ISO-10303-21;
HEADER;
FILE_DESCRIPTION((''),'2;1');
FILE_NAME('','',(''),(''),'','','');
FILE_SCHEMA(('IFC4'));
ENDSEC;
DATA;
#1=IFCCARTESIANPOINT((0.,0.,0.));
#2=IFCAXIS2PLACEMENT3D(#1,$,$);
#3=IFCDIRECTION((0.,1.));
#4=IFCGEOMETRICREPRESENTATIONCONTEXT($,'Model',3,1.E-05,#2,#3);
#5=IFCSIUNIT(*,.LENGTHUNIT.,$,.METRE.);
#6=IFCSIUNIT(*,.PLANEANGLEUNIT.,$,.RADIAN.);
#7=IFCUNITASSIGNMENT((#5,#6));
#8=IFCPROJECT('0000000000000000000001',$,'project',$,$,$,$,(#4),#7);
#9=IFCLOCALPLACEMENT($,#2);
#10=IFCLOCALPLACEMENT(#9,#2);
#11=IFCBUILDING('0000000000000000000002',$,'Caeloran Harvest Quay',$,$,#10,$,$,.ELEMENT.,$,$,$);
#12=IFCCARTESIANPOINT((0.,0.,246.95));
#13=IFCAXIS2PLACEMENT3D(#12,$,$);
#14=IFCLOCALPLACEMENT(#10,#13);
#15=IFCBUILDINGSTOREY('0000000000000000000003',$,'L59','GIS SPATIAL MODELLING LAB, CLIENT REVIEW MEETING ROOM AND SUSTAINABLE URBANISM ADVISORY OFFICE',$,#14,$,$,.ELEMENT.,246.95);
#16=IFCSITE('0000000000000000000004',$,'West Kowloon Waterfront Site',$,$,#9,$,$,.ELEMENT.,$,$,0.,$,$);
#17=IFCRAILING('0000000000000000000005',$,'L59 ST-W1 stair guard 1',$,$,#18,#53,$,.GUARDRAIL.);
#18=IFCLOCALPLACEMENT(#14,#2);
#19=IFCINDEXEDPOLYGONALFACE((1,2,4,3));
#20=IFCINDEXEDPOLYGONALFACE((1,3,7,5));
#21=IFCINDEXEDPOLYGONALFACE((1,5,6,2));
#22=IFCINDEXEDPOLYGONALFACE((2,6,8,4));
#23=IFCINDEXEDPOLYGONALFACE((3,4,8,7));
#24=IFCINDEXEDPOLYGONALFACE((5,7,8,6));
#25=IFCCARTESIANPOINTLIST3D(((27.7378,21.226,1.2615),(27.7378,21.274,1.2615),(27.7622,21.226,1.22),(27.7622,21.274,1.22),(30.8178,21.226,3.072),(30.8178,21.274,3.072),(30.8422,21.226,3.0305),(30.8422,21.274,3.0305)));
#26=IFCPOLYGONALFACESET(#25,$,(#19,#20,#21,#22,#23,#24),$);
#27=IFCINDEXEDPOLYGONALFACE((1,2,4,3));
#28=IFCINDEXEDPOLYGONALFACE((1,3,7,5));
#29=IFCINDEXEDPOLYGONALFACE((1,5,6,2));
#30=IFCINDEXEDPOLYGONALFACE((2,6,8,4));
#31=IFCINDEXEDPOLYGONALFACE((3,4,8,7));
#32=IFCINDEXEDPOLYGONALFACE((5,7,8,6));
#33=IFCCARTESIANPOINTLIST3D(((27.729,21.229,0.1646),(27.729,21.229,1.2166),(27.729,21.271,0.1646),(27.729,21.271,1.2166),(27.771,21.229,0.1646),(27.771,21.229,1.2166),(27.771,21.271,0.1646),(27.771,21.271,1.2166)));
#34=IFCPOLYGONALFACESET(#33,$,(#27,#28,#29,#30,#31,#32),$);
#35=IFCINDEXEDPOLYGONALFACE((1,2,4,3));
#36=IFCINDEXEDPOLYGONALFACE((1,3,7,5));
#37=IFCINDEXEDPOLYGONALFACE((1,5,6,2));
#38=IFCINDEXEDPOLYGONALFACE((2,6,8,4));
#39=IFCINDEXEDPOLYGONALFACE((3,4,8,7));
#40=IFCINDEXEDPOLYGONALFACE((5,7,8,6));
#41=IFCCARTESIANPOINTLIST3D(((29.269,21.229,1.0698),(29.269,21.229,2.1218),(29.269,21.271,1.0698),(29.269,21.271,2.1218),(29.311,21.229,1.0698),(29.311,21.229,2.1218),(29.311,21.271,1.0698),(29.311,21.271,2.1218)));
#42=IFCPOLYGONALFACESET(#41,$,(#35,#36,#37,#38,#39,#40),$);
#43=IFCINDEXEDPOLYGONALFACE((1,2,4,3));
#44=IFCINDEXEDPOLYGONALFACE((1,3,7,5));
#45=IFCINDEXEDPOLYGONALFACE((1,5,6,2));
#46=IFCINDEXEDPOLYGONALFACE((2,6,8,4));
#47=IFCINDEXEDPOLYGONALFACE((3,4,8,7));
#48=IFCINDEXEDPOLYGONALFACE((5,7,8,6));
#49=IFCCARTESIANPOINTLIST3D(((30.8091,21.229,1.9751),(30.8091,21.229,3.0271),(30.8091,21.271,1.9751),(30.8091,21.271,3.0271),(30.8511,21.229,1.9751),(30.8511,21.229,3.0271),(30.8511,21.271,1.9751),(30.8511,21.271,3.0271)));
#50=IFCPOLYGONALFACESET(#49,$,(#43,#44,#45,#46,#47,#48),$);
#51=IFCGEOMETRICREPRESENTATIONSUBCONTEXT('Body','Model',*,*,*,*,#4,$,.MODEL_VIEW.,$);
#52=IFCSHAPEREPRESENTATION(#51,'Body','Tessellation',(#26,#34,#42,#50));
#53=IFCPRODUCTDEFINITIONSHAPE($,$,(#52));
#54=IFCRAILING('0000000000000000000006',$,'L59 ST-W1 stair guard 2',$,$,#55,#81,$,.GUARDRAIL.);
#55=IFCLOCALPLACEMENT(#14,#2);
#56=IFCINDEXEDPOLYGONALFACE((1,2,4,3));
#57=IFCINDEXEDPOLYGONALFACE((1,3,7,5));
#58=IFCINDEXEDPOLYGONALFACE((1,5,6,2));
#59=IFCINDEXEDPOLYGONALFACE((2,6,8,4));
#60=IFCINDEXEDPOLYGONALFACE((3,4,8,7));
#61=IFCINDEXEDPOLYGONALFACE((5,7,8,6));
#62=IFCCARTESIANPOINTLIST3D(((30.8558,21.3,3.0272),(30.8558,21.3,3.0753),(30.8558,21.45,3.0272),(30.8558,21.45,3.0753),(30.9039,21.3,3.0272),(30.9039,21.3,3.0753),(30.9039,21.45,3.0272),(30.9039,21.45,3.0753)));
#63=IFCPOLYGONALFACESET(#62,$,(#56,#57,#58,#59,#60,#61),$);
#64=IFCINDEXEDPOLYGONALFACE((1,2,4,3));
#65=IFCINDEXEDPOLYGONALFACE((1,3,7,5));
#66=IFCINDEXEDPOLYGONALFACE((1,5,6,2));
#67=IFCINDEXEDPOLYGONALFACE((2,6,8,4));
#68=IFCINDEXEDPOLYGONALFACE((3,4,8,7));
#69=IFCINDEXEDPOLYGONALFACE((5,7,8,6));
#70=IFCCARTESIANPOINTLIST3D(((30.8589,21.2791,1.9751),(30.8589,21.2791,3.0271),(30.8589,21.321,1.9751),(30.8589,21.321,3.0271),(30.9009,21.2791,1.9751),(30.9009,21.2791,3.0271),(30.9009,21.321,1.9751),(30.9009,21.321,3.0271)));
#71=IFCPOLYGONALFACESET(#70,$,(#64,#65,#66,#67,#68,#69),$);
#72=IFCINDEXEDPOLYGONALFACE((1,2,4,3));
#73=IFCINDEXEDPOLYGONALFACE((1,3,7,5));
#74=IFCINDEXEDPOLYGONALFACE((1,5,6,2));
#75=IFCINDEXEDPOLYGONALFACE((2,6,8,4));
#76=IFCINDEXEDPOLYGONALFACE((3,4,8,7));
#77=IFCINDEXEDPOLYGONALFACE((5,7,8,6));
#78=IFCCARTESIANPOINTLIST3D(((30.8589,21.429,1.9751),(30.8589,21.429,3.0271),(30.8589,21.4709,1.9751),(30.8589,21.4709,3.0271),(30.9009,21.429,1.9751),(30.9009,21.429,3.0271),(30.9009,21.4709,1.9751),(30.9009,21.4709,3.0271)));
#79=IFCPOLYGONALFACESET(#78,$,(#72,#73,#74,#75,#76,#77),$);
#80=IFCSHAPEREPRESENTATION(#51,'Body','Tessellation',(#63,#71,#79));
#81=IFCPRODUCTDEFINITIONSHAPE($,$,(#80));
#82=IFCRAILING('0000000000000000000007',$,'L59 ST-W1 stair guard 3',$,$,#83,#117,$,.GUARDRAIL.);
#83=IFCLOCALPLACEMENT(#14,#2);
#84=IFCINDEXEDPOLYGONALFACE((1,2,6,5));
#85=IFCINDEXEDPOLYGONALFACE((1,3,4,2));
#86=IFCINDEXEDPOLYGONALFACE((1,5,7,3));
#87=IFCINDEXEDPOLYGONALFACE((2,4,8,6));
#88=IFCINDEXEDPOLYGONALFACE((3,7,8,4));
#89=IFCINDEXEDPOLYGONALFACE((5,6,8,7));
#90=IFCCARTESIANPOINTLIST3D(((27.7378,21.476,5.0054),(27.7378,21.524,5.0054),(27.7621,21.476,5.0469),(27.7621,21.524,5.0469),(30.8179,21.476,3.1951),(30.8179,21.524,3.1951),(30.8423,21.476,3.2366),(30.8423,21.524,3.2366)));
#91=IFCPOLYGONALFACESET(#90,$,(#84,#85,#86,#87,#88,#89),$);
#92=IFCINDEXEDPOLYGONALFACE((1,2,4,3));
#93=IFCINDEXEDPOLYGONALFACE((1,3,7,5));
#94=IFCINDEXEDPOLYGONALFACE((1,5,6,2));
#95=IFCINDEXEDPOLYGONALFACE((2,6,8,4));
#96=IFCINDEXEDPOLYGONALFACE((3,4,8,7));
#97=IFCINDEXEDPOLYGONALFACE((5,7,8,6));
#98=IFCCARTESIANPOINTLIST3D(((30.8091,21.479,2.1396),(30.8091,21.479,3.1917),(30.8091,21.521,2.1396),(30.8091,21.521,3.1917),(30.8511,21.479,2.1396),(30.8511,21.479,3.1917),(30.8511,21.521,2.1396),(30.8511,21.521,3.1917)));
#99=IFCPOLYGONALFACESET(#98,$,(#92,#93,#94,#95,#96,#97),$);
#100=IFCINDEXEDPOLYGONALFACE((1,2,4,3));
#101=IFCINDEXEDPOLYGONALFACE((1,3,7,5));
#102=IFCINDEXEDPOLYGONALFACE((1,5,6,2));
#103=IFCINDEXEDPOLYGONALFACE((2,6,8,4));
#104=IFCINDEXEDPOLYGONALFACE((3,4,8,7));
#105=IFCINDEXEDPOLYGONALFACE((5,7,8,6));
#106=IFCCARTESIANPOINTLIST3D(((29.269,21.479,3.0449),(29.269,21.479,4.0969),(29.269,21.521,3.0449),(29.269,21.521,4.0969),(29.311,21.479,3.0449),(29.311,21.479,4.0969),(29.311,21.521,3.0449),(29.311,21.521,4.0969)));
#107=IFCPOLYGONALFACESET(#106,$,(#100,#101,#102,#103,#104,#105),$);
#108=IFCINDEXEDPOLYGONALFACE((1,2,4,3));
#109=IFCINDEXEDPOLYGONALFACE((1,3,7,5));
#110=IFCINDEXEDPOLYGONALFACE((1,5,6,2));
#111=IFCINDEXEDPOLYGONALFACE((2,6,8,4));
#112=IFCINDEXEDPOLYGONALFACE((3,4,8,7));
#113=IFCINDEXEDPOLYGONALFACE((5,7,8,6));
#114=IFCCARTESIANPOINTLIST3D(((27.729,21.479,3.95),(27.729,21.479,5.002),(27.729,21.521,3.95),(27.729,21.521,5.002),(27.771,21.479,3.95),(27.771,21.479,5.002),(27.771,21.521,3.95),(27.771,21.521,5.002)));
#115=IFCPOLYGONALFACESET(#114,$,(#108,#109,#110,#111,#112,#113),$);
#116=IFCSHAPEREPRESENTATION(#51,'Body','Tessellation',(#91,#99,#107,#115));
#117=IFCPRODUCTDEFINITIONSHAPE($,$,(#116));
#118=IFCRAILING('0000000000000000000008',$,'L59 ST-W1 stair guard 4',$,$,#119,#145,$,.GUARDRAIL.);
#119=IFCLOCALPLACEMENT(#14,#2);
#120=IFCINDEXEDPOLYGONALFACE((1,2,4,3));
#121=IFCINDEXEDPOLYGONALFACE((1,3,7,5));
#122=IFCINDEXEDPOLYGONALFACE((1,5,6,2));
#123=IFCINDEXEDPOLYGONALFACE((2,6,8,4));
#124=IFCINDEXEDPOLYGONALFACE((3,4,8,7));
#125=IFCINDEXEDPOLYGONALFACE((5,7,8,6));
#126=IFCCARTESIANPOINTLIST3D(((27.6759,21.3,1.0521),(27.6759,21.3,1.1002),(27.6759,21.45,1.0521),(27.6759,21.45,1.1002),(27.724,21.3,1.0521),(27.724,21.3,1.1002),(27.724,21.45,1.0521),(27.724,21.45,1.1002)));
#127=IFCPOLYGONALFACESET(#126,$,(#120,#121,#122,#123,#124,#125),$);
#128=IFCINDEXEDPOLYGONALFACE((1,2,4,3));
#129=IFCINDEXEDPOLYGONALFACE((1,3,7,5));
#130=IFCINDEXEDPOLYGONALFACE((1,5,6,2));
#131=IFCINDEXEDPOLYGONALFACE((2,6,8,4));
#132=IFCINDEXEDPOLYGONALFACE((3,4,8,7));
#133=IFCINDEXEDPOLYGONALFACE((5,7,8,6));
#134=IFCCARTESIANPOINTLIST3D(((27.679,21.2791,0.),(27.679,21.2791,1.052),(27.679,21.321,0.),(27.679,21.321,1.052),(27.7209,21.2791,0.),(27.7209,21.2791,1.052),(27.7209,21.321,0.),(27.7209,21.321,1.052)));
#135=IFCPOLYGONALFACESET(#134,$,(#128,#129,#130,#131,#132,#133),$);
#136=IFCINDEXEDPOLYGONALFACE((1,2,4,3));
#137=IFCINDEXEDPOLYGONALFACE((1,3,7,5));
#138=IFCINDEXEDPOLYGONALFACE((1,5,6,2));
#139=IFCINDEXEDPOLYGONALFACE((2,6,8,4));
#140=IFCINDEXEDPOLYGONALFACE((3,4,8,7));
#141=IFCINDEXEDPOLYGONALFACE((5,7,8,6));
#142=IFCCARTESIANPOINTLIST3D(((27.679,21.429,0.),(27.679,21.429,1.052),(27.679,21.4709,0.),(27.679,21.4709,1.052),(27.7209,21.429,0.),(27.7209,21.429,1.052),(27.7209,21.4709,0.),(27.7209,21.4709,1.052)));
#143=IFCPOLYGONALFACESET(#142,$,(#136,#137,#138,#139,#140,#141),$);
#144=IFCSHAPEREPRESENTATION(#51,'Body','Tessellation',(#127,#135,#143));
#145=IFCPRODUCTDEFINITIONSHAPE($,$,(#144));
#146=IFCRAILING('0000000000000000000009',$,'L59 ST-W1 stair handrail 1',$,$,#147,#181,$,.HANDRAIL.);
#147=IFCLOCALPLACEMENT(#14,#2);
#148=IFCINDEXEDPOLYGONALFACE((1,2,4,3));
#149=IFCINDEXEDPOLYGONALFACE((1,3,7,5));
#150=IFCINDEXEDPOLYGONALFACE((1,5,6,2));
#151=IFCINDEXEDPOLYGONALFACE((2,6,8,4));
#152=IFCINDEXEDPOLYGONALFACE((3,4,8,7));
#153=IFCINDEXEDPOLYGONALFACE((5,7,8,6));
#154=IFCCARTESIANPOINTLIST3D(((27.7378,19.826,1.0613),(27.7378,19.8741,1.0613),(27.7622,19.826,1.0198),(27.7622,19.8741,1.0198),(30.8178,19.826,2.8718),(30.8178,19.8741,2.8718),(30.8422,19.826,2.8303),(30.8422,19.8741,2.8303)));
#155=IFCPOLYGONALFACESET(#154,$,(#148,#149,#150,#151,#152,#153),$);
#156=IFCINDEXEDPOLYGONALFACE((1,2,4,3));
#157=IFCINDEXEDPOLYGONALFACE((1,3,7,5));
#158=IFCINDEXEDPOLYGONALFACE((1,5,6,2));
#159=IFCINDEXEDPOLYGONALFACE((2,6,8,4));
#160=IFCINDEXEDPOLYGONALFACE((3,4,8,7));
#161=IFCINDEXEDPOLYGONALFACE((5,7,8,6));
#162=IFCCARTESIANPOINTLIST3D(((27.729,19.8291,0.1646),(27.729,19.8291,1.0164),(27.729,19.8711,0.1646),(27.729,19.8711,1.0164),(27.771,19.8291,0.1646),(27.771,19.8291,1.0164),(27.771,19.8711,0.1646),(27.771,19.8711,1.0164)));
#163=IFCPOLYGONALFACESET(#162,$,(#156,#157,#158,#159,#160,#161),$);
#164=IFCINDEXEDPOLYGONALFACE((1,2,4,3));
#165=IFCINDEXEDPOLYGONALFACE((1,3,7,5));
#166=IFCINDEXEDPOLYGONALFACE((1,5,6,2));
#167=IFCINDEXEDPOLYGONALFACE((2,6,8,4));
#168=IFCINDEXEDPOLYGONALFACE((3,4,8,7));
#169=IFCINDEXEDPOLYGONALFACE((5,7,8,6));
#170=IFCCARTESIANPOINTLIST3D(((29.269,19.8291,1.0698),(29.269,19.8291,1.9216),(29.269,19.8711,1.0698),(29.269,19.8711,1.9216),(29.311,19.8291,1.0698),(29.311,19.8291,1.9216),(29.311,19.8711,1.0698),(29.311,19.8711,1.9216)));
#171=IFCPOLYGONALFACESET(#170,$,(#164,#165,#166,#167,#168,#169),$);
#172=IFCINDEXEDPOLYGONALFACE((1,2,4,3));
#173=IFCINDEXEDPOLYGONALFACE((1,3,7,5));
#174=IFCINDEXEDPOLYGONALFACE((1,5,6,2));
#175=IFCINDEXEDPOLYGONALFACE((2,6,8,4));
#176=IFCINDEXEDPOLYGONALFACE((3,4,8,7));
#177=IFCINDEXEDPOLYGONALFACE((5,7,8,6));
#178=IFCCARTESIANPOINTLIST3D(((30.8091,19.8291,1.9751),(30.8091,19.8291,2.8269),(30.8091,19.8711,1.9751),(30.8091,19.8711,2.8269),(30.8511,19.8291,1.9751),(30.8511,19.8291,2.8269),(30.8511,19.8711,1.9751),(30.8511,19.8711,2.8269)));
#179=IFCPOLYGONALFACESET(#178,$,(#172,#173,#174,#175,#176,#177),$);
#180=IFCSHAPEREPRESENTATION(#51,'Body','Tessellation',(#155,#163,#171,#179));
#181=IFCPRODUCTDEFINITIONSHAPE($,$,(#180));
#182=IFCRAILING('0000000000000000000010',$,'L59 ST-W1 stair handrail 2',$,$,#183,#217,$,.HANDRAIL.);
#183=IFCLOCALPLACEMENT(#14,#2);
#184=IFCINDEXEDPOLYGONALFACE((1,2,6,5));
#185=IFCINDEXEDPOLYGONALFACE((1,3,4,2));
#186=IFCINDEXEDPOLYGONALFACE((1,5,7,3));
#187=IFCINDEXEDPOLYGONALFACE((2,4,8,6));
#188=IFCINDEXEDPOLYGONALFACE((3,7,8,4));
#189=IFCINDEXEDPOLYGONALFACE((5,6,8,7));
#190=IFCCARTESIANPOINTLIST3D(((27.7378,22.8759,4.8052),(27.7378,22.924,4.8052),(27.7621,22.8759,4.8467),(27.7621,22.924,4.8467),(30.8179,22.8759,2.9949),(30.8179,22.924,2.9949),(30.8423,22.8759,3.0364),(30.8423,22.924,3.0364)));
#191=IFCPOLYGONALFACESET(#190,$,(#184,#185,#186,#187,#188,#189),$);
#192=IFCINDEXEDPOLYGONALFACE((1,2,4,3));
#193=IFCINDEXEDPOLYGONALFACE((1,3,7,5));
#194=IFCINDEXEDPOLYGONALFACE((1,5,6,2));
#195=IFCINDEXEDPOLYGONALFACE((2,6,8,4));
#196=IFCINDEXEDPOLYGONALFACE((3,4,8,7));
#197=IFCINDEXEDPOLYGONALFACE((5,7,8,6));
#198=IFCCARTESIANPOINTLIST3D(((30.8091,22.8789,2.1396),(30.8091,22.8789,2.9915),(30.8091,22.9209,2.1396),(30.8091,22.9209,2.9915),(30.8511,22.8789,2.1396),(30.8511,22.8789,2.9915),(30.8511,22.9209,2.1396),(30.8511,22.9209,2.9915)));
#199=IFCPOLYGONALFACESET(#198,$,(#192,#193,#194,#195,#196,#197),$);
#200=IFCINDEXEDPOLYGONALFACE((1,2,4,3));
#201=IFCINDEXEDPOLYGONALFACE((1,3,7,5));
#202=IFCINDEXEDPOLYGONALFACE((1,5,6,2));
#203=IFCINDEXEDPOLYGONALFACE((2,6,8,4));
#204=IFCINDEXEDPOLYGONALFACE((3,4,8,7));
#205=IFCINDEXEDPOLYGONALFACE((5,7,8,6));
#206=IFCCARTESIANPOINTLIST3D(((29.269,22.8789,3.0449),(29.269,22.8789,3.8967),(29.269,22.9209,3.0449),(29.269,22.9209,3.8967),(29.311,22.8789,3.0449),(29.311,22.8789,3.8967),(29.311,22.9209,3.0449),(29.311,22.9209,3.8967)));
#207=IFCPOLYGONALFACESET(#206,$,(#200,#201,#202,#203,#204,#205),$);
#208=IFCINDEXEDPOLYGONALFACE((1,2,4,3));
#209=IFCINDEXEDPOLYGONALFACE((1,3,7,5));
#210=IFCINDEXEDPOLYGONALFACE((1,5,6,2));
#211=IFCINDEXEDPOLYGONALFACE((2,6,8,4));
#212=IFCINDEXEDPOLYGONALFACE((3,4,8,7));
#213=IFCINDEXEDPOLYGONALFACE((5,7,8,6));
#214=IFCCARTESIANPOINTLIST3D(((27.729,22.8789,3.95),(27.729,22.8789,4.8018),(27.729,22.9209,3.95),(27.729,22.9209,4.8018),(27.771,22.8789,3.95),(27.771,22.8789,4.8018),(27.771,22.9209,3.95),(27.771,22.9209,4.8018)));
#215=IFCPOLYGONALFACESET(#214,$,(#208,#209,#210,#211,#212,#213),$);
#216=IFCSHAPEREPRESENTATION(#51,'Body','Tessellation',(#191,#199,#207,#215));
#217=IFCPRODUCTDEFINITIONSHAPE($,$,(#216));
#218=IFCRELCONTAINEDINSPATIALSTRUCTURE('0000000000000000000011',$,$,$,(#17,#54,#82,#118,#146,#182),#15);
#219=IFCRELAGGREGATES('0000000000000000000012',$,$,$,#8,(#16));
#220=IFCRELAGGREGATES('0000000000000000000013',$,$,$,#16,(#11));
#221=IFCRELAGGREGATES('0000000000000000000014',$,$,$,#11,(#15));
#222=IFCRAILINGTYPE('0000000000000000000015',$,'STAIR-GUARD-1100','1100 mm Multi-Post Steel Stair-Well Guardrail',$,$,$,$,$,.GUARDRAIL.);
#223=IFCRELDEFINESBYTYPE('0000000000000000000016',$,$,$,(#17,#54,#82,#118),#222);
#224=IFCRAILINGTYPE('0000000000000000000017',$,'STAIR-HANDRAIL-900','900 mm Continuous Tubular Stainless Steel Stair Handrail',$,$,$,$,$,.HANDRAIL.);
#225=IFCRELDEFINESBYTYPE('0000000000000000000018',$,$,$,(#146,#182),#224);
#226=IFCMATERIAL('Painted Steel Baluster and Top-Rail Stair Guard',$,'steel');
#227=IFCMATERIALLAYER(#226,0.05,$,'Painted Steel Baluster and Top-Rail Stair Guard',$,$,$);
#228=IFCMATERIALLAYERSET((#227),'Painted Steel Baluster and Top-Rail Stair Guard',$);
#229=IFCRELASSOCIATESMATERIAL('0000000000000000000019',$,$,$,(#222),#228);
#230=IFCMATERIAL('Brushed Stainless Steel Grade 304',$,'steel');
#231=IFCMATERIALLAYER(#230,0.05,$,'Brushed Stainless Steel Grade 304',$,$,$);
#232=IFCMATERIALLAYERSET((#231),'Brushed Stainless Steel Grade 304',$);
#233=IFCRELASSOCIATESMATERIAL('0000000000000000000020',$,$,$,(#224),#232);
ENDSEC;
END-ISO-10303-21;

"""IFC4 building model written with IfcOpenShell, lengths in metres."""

from ifc_helpers import new_model, si_unit, direction, frame, origin, origin_2d, place, context, subcontext, project, spatial, rectangle, extrude, material, layer, layer_set, type_object, element, save


model = new_model("IFC4")

# Units and contexts
model_context = context("Model", 3, precision=1e-05, world=origin(), true_north=direction((0.0, 1.0)))
body_context = subcontext(model_context, "Body", "Model", "MODEL_VIEW")
ifc_project = project(units=[si_unit("LENGTHUNIT", "METRE"), si_unit("PLANEANGLEUNIT", "RADIAN")], contexts=[model_context])

# Site, building, storey
site_placement = place(None, origin())
site = spatial("IfcSite", under=ifc_project, at=site_placement, Name="West Kowloon Waterfront Site", CompositionType="ELEMENT", RefElevation=0.0)
building_placement = place(site_placement, origin())
building = spatial("IfcBuilding", under=site, at=building_placement, Name="Caeloran Harvest Quay", CompositionType="ELEMENT")
storey_placement = place(building_placement, frame((0.0, 0.0, 246.95)))
storey = spatial("IfcBuildingStorey", under=building, at=storey_placement, Name="L59", Description="GIS SPATIAL MODELLING LAB, CLIENT REVIEW MEETING ROOM AND SUSTAINABLE URBANISM ADVISORY OFFICE", CompositionType="ELEMENT", Elevation=246.95)

# Railings
ifc_material_1 = material(Name="Painted Steel Baluster and Top-Rail Stair Guard", Category="steel")
ifc_layer_1 = layer(ifc_material_1, 0.05, Name="Painted Steel Baluster and Top-Rail Stair Guard")
ifc_layer_set_1 = layer_set([ifc_layer_1], Name="Painted Steel Baluster and Top-Rail Stair Guard")
railing_type_1 = type_object("IfcRailingType", Name="STAIR-GUARD-1100", Description="1100 mm Multi-Post Steel Stair-Well Guardrail", PredefinedType="GUARDRAIL", material=ifc_layer_set_1)
railing_1_placement = place(storey_placement, frame((27.75, 21.25, 0.1646)))
element("IfcRailing", 1, at=railing_1_placement, inside=storey, type_object=railing_type_1, Name="L59 ST-W1 stair guard 1", PredefinedType="GUARDRAIL", context=body_context, shape_type="SweptSolid", body=[
    extrude(rectangle(XDim=0.0481, YDim=0.0481, at=origin_2d()), frame((0.0, 0.0, 1.0762), z_axis=(0.862089, 0.0, 0.506757), x_axis=(0.0, 1.0, 0.0)), (0.0, 0.0, 1.0), 3.5728),
    extrude(rectangle(XDim=0.042, YDim=0.042, at=origin_2d()), origin(), (0.0, 0.0, 1.0), 1.052),
    extrude(rectangle(XDim=0.042, YDim=0.042, at=origin_2d()), frame((1.54, 0.0, 0.9053)), (0.0, 0.0, 1.0), 1.052),
    extrude(rectangle(XDim=0.042, YDim=0.042, at=origin_2d()), frame((3.0801, 0.0, 1.8105)), (0.0, 0.0, 1.0), 1.052),
])
railing_2_placement = place(storey_placement, frame((30.8799, 21.3, 1.9751)))
element("IfcRailing", 2, at=railing_2_placement, inside=storey, type_object=railing_type_1, Name="L59 ST-W1 stair guard 2", PredefinedType="GUARDRAIL", context=body_context, shape_type="SweptSolid", body=[
    extrude(rectangle(XDim=0.0481, YDim=0.0481, at=origin_2d()), frame((0.0, 0.0, 1.0762), z_axis=(0.0, 1.0, 0.0), x_axis=(-1.0, 0.0, 0.0)), (0.0, 0.0, 1.0), 0.1499),
    extrude(rectangle(XDim=0.042, YDim=0.042, at=origin_2d()), origin(), (0.0, 0.0, 1.0), 1.052),
    extrude(rectangle(XDim=0.042, YDim=0.042, at=origin_2d()), frame((0.0, 0.1499, 0.0)), (0.0, 0.0, 1.0), 1.052),
])
railing_3_placement = place(storey_placement, frame((30.8301, 21.5, 2.1396)))
element("IfcRailing", 3, at=railing_3_placement, inside=storey, type_object=railing_type_1, Name="L59 ST-W1 stair guard 3", PredefinedType="GUARDRAIL", context=body_context, shape_type="SweptSolid", body=[
    extrude(rectangle(XDim=0.0481, YDim=0.0481, at=origin_2d()), frame((0.0, 0.0, 1.0762), z_axis=(-0.862119, 0.0, 0.506707), x_axis=(0.0, -1.0, 0.0)), (0.0, 0.0, 1.0), 3.5728),
    extrude(rectangle(XDim=0.042, YDim=0.042, at=origin_2d()), origin(), (0.0, 0.0, 1.0), 1.052),
    extrude(rectangle(XDim=0.042, YDim=0.042, at=origin_2d()), frame((-1.54, 0.0, 0.9053)), (0.0, 0.0, 1.0), 1.052),
    extrude(rectangle(XDim=0.042, YDim=0.042, at=origin_2d()), frame((-3.0801, 0.0, 1.8103)), (0.0, 0.0, 1.0), 1.052),
])
railing_4_placement = place(storey_placement, frame((27.7, 21.3, 0.0)))
element("IfcRailing", 4, at=railing_4_placement, inside=storey, type_object=railing_type_1, Name="L59 ST-W1 stair guard 4", PredefinedType="GUARDRAIL", context=body_context, shape_type="SweptSolid", body=[
    extrude(rectangle(XDim=0.0481, YDim=0.0481, at=origin_2d()), frame((0.0, 0.0, 1.0762), z_axis=(0.0, 1.0, 0.0), x_axis=(-1.0, 0.0, 0.0)), (0.0, 0.0, 1.0), 0.1499),
    extrude(rectangle(XDim=0.042, YDim=0.042, at=origin_2d()), origin(), (0.0, 0.0, 1.0), 1.052),
    extrude(rectangle(XDim=0.042, YDim=0.042, at=origin_2d()), frame((0.0, 0.1499, 0.0)), (0.0, 0.0, 1.0), 1.052),
])
ifc_material_2 = material(Name="Brushed Stainless Steel Grade 304", Category="steel")
ifc_layer_2 = layer(ifc_material_2, 0.05, Name="Brushed Stainless Steel Grade 304")
ifc_layer_set_2 = layer_set([ifc_layer_2], Name="Brushed Stainless Steel Grade 304")
railing_type_2 = type_object("IfcRailingType", Name="STAIR-HANDRAIL-900", Description="900 mm Continuous Tubular Stainless Steel Stair Handrail", PredefinedType="HANDRAIL", material=ifc_layer_set_2)
railing_5_placement = place(storey_placement, frame((27.75, 19.8501, 0.1646)))
element("IfcRailing", 5, at=railing_5_placement, inside=storey, type_object=railing_type_2, Name="L59 ST-W1 stair handrail 1", PredefinedType="HANDRAIL", context=body_context, shape_type="SweptSolid", body=[
    extrude(rectangle(XDim=0.0481, YDim=0.0481, at=origin_2d()), frame((0.0, 0.0, 0.876), z_axis=(0.862089, 0.0, 0.506757), x_axis=(0.0, 1.0, 0.0)), (0.0, 0.0, 1.0), 3.5728),
    extrude(rectangle(XDim=0.042, YDim=0.042, at=origin_2d()), origin(), (0.0, 0.0, 1.0), 0.8518),
    extrude(rectangle(XDim=0.042, YDim=0.042, at=origin_2d()), frame((1.54, 0.0, 0.9053)), (0.0, 0.0, 1.0), 0.8518),
    extrude(rectangle(XDim=0.042, YDim=0.042, at=origin_2d()), frame((3.0801, 0.0, 1.8105)), (0.0, 0.0, 1.0), 0.8518),
])
railing_6_placement = place(storey_placement, frame((30.8301, 22.8999, 2.1396)))
element("IfcRailing", 6, at=railing_6_placement, inside=storey, type_object=railing_type_2, Name="L59 ST-W1 stair handrail 2", PredefinedType="HANDRAIL", context=body_context, shape_type="SweptSolid", body=[
    extrude(rectangle(XDim=0.0481, YDim=0.0481, at=origin_2d()), frame((0.0, 0.0, 0.876), z_axis=(-0.862119, 0.0, 0.506707), x_axis=(0.0, -1.0, 0.0)), (0.0, 0.0, 1.0), 3.5728),
    extrude(rectangle(XDim=0.042, YDim=0.042, at=origin_2d()), origin(), (0.0, 0.0, 1.0), 0.8518),
    extrude(rectangle(XDim=0.042, YDim=0.042, at=origin_2d()), frame((-1.54, 0.0, 0.9053)), (0.0, 0.0, 1.0), 0.8518),
    extrude(rectangle(XDim=0.042, YDim=0.042, at=origin_2d()), frame((-3.0801, 0.0, 1.8103)), (0.0, 0.0, 1.0), 0.8518),
])

save(model, "model.ifc")
